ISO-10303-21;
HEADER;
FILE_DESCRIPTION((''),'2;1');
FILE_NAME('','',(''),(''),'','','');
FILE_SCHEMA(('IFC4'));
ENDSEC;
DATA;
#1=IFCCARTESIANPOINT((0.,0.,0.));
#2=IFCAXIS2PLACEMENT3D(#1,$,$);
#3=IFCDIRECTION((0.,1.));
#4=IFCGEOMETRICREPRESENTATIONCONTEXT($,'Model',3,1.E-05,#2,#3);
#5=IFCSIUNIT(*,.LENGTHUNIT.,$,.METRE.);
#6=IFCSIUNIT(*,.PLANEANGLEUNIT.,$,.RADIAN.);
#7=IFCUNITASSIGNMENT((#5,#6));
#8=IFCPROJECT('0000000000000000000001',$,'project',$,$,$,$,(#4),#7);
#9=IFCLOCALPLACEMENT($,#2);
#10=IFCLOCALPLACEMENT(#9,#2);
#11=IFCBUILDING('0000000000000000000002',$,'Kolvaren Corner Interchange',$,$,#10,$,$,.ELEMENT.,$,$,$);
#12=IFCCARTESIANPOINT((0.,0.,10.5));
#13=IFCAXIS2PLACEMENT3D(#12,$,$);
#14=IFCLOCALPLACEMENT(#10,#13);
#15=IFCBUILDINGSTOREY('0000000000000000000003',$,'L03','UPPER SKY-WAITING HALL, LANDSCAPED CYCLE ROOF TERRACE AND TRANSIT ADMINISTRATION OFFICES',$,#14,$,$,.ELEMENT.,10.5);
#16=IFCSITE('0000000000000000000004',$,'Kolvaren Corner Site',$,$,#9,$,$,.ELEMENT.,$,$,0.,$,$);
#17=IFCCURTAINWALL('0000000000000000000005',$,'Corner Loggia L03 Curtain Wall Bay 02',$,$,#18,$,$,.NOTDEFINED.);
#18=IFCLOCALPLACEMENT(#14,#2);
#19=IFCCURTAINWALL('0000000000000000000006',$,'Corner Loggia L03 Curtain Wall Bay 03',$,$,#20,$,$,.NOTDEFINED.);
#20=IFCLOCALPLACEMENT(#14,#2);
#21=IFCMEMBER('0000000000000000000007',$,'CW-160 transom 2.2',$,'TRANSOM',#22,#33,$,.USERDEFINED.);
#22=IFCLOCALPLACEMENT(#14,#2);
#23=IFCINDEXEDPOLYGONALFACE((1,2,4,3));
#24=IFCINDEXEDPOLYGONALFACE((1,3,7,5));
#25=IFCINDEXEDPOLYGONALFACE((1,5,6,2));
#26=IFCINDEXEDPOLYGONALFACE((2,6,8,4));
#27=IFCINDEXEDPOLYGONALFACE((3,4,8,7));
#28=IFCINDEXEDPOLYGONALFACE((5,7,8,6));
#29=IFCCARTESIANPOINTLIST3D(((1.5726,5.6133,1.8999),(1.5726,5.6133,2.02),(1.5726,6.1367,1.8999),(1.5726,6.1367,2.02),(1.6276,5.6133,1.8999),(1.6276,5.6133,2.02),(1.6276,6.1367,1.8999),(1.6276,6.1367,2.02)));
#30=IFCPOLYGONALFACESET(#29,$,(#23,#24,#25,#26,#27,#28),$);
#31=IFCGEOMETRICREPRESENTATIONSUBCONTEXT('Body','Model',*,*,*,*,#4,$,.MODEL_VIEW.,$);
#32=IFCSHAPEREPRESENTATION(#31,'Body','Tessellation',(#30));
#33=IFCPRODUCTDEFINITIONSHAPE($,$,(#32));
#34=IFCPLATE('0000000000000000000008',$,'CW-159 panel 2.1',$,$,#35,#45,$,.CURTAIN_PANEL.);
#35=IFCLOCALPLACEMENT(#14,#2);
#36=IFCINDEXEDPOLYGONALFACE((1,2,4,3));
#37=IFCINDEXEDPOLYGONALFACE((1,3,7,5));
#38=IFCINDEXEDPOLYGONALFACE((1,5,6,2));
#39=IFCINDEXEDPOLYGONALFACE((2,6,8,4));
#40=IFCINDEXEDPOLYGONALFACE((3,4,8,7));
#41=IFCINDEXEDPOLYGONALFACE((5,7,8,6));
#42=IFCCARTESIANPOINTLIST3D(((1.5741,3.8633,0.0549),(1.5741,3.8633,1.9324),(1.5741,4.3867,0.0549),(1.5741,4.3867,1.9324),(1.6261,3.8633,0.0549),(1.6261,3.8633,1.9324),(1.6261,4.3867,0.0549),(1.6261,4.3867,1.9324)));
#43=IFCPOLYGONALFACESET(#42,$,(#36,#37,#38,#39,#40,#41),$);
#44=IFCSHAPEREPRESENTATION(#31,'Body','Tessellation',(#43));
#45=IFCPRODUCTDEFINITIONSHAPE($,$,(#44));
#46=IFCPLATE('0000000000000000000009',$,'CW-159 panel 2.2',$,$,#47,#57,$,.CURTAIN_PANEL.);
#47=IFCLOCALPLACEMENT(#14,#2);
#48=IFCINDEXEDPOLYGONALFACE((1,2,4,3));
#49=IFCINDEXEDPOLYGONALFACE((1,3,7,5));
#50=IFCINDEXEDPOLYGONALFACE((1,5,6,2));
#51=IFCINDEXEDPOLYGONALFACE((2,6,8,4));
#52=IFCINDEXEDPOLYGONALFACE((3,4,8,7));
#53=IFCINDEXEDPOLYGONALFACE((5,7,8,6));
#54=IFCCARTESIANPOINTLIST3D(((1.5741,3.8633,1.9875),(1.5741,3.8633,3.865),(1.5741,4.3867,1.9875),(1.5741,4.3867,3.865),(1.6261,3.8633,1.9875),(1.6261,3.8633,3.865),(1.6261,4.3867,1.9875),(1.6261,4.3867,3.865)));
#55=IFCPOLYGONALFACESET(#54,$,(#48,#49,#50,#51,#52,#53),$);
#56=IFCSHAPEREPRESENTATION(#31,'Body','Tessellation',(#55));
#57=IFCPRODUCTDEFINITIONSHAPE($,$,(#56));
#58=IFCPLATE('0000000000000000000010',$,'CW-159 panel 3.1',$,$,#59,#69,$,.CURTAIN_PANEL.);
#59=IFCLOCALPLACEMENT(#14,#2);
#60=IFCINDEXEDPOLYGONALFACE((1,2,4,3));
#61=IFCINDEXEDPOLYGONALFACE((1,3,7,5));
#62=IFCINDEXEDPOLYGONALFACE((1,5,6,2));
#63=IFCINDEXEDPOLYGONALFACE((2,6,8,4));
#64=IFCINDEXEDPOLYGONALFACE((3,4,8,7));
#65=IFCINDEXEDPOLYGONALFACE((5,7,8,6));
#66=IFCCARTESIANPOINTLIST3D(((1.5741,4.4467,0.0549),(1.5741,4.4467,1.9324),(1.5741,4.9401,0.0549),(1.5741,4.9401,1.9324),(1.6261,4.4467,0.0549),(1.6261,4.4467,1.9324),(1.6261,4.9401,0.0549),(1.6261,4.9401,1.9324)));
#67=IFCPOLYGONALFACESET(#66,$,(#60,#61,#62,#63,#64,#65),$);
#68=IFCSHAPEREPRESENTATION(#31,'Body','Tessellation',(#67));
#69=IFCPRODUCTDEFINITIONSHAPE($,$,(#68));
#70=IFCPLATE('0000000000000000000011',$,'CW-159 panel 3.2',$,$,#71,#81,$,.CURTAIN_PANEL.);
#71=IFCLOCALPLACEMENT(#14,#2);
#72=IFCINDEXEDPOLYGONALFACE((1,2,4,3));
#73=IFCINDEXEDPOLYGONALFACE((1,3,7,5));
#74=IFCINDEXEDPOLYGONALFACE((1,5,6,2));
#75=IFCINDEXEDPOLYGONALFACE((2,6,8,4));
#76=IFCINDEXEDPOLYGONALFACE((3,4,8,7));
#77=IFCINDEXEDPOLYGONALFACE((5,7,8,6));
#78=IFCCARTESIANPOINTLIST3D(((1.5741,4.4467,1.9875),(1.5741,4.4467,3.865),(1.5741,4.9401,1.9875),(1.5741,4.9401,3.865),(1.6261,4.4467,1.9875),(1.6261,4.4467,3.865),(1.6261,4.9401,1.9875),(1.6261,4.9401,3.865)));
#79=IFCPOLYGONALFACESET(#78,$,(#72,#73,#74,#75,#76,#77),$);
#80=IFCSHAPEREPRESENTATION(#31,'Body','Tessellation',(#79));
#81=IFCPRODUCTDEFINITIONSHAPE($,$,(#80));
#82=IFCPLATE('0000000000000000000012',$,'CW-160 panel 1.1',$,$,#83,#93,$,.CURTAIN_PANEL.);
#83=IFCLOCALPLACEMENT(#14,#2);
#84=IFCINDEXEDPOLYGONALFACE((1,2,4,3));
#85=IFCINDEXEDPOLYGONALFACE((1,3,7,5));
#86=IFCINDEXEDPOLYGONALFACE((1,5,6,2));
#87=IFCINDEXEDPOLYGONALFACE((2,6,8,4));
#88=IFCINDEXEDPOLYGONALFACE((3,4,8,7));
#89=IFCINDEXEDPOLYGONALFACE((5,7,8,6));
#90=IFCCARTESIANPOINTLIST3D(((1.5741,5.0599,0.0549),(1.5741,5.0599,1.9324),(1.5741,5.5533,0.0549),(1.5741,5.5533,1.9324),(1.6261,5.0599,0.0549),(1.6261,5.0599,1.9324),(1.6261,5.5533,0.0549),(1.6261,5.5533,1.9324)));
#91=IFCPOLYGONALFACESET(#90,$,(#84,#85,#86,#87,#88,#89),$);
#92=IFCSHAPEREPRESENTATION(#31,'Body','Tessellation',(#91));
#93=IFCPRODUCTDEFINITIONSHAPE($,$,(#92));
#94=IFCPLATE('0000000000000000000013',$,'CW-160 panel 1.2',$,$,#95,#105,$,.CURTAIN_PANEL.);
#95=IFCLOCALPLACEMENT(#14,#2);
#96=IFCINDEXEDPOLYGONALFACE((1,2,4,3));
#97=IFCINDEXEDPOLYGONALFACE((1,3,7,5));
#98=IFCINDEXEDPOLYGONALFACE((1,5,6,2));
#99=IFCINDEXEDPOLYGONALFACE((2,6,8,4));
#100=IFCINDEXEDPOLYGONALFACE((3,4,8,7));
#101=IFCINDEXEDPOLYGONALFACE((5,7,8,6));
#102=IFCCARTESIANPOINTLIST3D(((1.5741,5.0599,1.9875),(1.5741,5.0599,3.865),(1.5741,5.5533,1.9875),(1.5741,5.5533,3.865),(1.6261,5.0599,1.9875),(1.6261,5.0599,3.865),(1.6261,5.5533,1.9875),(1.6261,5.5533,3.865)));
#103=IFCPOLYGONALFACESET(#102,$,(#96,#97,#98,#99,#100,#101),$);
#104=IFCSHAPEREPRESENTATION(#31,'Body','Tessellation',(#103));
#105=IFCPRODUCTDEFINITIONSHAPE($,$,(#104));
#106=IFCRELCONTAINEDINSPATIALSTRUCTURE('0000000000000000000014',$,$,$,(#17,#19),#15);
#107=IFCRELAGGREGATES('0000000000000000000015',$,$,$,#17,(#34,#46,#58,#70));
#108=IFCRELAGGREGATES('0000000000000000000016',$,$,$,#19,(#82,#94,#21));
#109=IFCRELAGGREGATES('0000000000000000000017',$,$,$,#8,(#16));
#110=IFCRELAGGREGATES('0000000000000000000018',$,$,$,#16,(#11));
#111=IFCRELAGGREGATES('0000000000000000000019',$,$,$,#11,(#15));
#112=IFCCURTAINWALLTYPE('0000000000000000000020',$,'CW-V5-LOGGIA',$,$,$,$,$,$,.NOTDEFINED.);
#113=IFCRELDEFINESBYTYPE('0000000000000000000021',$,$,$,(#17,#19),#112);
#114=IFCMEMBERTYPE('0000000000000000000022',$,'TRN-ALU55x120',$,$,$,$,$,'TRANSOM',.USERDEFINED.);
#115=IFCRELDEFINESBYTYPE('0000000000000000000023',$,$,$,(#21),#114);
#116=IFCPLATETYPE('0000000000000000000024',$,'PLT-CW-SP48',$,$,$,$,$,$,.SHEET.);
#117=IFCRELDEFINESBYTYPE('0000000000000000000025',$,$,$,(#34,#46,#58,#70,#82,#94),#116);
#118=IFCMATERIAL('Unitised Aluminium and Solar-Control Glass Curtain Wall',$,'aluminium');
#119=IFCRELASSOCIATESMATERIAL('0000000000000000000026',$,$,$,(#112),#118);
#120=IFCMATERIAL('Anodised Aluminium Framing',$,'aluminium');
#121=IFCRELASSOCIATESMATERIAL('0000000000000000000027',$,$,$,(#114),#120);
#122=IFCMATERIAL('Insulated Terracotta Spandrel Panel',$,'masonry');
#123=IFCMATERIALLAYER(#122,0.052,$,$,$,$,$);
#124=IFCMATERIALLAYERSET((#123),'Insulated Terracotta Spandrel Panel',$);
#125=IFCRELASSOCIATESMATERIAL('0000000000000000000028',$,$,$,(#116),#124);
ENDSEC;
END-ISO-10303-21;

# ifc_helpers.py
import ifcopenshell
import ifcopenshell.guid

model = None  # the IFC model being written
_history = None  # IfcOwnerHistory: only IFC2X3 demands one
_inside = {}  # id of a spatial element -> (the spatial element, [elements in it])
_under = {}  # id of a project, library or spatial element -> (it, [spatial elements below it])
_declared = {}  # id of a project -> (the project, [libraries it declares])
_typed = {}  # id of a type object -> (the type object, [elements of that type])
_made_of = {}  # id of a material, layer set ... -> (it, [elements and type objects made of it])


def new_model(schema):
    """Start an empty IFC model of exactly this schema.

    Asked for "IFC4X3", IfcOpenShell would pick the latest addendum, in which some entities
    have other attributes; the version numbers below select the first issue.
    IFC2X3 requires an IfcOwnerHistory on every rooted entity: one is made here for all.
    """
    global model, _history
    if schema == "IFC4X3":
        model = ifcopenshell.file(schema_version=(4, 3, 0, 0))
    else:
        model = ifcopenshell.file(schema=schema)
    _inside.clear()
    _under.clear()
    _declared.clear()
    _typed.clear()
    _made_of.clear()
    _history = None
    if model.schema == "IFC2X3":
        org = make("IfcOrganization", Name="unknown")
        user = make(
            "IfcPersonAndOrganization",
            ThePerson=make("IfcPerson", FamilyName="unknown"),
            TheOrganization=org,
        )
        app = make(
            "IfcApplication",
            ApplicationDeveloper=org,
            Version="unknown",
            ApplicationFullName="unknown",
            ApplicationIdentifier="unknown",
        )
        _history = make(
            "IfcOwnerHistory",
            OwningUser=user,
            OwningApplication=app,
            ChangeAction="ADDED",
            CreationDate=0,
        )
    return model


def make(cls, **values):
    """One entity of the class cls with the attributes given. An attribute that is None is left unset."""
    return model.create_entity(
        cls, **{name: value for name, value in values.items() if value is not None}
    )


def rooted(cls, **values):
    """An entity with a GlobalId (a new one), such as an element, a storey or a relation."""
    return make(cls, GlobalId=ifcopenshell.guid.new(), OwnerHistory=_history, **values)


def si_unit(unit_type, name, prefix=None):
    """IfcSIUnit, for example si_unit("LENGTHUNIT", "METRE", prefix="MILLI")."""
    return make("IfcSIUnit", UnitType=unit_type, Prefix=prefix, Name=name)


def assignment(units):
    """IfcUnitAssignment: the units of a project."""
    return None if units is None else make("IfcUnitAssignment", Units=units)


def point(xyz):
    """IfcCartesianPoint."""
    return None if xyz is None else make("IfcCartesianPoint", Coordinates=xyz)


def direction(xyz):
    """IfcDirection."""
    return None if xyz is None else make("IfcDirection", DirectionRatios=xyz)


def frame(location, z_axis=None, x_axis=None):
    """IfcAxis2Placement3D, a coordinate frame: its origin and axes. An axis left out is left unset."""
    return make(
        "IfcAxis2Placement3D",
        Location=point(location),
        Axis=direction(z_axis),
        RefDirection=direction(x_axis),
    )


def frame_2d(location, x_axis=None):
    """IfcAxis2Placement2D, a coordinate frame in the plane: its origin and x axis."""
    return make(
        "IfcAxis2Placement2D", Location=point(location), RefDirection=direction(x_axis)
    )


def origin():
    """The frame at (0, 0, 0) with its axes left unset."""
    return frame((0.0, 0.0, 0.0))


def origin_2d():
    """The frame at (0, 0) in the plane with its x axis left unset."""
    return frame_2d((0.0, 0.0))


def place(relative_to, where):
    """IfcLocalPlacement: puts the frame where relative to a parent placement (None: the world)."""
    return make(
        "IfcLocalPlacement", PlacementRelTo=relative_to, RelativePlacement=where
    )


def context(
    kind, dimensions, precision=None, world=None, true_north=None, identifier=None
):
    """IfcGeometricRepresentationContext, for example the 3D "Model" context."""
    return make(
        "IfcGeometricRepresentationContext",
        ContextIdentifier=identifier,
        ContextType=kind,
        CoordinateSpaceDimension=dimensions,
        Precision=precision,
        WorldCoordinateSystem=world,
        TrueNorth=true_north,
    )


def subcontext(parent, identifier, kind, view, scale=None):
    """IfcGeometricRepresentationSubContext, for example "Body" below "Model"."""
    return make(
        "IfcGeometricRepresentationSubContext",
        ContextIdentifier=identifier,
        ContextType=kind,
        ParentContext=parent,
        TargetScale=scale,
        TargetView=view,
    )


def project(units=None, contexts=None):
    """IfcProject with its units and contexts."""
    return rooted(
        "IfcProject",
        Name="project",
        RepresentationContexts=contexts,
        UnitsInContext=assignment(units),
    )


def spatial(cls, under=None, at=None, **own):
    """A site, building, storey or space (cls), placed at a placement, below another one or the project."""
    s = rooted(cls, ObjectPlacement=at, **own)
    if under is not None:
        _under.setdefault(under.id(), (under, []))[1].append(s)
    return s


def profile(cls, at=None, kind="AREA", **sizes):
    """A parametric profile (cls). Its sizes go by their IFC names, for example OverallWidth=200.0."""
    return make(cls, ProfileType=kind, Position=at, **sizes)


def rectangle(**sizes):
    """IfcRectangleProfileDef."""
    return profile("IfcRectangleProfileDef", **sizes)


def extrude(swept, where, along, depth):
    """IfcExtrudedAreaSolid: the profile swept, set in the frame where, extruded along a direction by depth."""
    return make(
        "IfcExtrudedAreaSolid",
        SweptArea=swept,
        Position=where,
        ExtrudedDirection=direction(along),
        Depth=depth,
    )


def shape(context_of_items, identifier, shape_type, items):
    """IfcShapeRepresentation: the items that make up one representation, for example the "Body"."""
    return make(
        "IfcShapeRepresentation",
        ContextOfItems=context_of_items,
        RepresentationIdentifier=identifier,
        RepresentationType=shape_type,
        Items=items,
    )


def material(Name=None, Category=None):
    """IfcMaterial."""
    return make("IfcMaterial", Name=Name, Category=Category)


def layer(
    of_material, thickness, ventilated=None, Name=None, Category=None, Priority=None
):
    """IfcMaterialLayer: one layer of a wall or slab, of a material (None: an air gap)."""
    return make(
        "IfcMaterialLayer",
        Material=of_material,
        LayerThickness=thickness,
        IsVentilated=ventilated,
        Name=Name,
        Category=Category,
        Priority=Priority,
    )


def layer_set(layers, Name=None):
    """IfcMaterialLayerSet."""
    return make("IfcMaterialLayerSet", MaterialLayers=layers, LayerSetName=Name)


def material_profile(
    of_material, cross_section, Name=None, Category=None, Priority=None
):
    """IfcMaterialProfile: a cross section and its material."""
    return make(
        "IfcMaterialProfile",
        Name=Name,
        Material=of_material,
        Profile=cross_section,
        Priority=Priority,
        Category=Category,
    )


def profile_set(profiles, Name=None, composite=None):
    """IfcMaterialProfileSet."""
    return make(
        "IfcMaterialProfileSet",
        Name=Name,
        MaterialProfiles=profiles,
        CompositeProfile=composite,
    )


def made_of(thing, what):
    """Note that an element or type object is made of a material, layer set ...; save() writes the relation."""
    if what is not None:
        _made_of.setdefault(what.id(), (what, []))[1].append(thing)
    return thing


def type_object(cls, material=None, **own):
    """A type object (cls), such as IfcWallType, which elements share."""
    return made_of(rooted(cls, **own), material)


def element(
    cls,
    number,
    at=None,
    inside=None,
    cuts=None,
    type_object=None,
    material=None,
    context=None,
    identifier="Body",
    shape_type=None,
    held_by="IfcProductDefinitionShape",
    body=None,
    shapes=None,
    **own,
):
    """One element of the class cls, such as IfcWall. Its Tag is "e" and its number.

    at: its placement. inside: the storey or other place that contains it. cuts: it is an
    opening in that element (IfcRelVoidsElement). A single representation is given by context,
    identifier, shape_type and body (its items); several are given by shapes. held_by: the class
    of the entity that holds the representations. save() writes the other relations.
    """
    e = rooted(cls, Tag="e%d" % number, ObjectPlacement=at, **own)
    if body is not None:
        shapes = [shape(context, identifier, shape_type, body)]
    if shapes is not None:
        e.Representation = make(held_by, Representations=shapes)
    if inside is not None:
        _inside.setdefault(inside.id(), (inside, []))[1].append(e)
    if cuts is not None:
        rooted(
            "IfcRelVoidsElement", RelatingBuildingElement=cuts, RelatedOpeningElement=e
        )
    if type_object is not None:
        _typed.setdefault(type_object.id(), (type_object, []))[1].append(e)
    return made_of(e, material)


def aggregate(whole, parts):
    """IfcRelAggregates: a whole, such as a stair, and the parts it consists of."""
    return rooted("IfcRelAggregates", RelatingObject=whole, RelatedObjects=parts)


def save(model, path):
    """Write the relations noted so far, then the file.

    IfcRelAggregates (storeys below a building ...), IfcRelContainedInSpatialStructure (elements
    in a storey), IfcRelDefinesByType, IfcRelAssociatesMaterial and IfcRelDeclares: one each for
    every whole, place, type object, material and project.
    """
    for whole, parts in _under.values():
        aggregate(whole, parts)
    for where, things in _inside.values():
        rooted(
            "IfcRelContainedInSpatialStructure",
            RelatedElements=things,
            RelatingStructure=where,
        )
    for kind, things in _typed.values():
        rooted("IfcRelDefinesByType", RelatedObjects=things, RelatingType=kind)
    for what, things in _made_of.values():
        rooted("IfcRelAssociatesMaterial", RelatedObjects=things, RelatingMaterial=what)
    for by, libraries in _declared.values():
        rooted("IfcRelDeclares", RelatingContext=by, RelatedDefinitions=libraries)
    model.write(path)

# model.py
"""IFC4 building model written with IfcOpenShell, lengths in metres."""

from ifc_helpers import new_model, si_unit, direction, frame, origin, origin_2d, place, context, subcontext, project, spatial, rectangle, extrude, material, layer, layer_set, material_profile, profile_set, type_object, element, aggregate, save


model = new_model("IFC4")

# Units and contexts
model_context = context("Model", 3, precision=1e-05, world=origin(), true_north=direction((0.0, 1.0)))
body_context = subcontext(model_context, "Body", "Model", "MODEL_VIEW")
ifc_project = project(units=[si_unit("LENGTHUNIT", "METRE"), si_unit("PLANEANGLEUNIT", "RADIAN")], contexts=[model_context])

# Site, building, storey
site_placement = place(None, origin())
site = spatial("IfcSite", under=ifc_project, at=site_placement, Name="Kolvaren Corner Site", CompositionType="ELEMENT", RefElevation=0.0)
building_placement = place(site_placement, origin())
building = spatial("IfcBuilding", under=site, at=building_placement, Name="Kolvaren Corner Interchange", CompositionType="ELEMENT")
storey_placement = place(building_placement, frame((0.0, 0.0, 10.5)))
storey = spatial("IfcBuildingStorey", under=building, at=storey_placement, Name="L03", Description="UPPER SKY-WAITING HALL, LANDSCAPED CYCLE ROOF TERRACE AND TRANSIT ADMINISTRATION OFFICES", CompositionType="ELEMENT", Elevation=10.5)

# Curtain walls
ifc_material_1 = material(Name="Unitised Aluminium and Solar-Control Glass Curtain Wall", Category="aluminium")
curtain_wall_type = type_object("IfcCurtainWallType", Name="CW-V5-LOGGIA", PredefinedType="NOTDEFINED", material=ifc_material_1)
curtain_wall_1_placement = place(storey_placement, origin())
curtain_wall_1 = element("IfcCurtainWall", 1, at=curtain_wall_1_placement, inside=storey, type_object=curtain_wall_type, Name="Corner Loggia L03 Curtain Wall Bay 02", PredefinedType="NOTDEFINED")
curtain_wall_2_placement = place(storey_placement, origin())
curtain_wall_2 = element("IfcCurtainWall", 2, at=curtain_wall_2_placement, inside=storey, type_object=curtain_wall_type, Name="Corner Loggia L03 Curtain Wall Bay 03", PredefinedType="NOTDEFINED")

# Member
ifc_material_2 = material(Name="Anodised Aluminium Framing", Category="aluminium")
ifc_material_profile_1 = material_profile(ifc_material_2, rectangle(XDim=0.0549, YDim=0.1201, at=origin_2d()), Name="ALU 55x120")
ifc_profile_set_1 = profile_set([ifc_material_profile_1], Name="Anodised Aluminium Framing")
member_type_1 = type_object("IfcMemberType", Name="TRN-ALU55x120", ElementType="TRANSOM", PredefinedType="USERDEFINED", material=ifc_profile_set_1)
member_1_placement = place(storey_placement, frame((1.6001, 5.6133, 1.96), z_axis=(0.0, 1.0, 0.0), x_axis=(-1.0, 0.0, 0.0)))
member_1 = element("IfcMember", 3, at=member_1_placement, type_object=member_type_1, Name="CW-160 transom 2.2", ObjectType="TRANSOM", PredefinedType="USERDEFINED", context=body_context, shape_type="SweptSolid", body=[
    extrude(rectangle(XDim=0.0549, YDim=0.1201, at=origin_2d()), origin(), (0.0, 0.0, 1.0), 0.5234),
])

# Plates
ifc_material_3 = material(Name="Insulated Terracotta Spandrel Panel", Category="masonry")
ifc_layer = layer(ifc_material_3, 0.052)
ifc_layer_set = layer_set([ifc_layer], Name="Insulated Terracotta Spandrel Panel")
plate_type = type_object("IfcPlateType", Name="PLT-CW-SP48", PredefinedType="SHEET", material=ifc_layer_set)
plate_1_placement = place(storey_placement, frame((1.6001, 4.125, 0.0549), z_axis=(0.0, 0.0, 1.0), x_axis=(0.0, 1.0, 0.0)))
plate_1 = element("IfcPlate", 4, at=plate_1_placement, type_object=plate_type, Name="CW-159 panel 2.1", PredefinedType="CURTAIN_PANEL", context=body_context, shape_type="SweptSolid", body=[
    extrude(rectangle(XDim=0.5234, YDim=0.052, at=origin_2d()), origin(), (0.0, 0.0, 1.0), 1.8774),
])
plate_2_placement = place(storey_placement, frame((1.6001, 4.125, 1.9875), z_axis=(0.0, 0.0, 1.0), x_axis=(0.0, 1.0, 0.0)))
plate_2 = element("IfcPlate", 5, at=plate_2_placement, type_object=plate_type, Name="CW-159 panel 2.2", PredefinedType="CURTAIN_PANEL", context=body_context, shape_type="SweptSolid", body=[
    extrude(rectangle(XDim=0.5234, YDim=0.052, at=origin_2d()), origin(), (0.0, 0.0, 1.0), 1.8774),
])
plate_3_placement = place(storey_placement, frame((1.6001, 4.6934, 0.0549), z_axis=(0.0, 0.0, 1.0), x_axis=(0.0, 1.0, 0.0)))
plate_3 = element("IfcPlate", 6, at=plate_3_placement, type_object=plate_type, Name="CW-159 panel 3.1", PredefinedType="CURTAIN_PANEL", context=body_context, shape_type="SweptSolid", body=[
    extrude(rectangle(XDim=0.4934, YDim=0.052, at=origin_2d()), origin(), (0.0, 0.0, 1.0), 1.8774),
])
plate_4_placement = place(storey_placement, frame((1.6001, 4.6934, 1.9875), z_axis=(0.0, 0.0, 1.0), x_axis=(0.0, 1.0, 0.0)))
plate_4 = element("IfcPlate", 7, at=plate_4_placement, type_object=plate_type, Name="CW-159 panel 3.2", PredefinedType="CURTAIN_PANEL", context=body_context, shape_type="SweptSolid", body=[
    extrude(rectangle(XDim=0.4934, YDim=0.052, at=origin_2d()), origin(), (0.0, 0.0, 1.0), 1.8774),
])
aggregate(curtain_wall_1, [plate_1, plate_2, plate_3, plate_4])
plate_5_placement = place(storey_placement, frame((1.6001, 5.3066, 0.0549), z_axis=(0.0, 0.0, 1.0), x_axis=(0.0, 1.0, 0.0)))
plate_5 = element("IfcPlate", 8, at=plate_5_placement, type_object=plate_type, Name="CW-160 panel 1.1", PredefinedType="CURTAIN_PANEL", context=body_context, shape_type="SweptSolid", body=[
    extrude(rectangle(XDim=0.4934, YDim=0.052, at=origin_2d()), origin(), (0.0, 0.0, 1.0), 1.8774),
])
plate_6_placement = place(storey_placement, frame((1.6001, 5.3066, 1.9875), z_axis=(0.0, 0.0, 1.0), x_axis=(0.0, 1.0, 0.0)))
plate_6 = element("IfcPlate", 9, at=plate_6_placement, type_object=plate_type, Name="CW-160 panel 1.2", PredefinedType="CURTAIN_PANEL", context=body_context, shape_type="SweptSolid", body=[
    extrude(rectangle(XDim=0.4934, YDim=0.052, at=origin_2d()), origin(), (0.0, 0.0, 1.0), 1.8774),
])
aggregate(curtain_wall_2, [plate_5, plate_6, member_1])

save(model, "model.ifc")
